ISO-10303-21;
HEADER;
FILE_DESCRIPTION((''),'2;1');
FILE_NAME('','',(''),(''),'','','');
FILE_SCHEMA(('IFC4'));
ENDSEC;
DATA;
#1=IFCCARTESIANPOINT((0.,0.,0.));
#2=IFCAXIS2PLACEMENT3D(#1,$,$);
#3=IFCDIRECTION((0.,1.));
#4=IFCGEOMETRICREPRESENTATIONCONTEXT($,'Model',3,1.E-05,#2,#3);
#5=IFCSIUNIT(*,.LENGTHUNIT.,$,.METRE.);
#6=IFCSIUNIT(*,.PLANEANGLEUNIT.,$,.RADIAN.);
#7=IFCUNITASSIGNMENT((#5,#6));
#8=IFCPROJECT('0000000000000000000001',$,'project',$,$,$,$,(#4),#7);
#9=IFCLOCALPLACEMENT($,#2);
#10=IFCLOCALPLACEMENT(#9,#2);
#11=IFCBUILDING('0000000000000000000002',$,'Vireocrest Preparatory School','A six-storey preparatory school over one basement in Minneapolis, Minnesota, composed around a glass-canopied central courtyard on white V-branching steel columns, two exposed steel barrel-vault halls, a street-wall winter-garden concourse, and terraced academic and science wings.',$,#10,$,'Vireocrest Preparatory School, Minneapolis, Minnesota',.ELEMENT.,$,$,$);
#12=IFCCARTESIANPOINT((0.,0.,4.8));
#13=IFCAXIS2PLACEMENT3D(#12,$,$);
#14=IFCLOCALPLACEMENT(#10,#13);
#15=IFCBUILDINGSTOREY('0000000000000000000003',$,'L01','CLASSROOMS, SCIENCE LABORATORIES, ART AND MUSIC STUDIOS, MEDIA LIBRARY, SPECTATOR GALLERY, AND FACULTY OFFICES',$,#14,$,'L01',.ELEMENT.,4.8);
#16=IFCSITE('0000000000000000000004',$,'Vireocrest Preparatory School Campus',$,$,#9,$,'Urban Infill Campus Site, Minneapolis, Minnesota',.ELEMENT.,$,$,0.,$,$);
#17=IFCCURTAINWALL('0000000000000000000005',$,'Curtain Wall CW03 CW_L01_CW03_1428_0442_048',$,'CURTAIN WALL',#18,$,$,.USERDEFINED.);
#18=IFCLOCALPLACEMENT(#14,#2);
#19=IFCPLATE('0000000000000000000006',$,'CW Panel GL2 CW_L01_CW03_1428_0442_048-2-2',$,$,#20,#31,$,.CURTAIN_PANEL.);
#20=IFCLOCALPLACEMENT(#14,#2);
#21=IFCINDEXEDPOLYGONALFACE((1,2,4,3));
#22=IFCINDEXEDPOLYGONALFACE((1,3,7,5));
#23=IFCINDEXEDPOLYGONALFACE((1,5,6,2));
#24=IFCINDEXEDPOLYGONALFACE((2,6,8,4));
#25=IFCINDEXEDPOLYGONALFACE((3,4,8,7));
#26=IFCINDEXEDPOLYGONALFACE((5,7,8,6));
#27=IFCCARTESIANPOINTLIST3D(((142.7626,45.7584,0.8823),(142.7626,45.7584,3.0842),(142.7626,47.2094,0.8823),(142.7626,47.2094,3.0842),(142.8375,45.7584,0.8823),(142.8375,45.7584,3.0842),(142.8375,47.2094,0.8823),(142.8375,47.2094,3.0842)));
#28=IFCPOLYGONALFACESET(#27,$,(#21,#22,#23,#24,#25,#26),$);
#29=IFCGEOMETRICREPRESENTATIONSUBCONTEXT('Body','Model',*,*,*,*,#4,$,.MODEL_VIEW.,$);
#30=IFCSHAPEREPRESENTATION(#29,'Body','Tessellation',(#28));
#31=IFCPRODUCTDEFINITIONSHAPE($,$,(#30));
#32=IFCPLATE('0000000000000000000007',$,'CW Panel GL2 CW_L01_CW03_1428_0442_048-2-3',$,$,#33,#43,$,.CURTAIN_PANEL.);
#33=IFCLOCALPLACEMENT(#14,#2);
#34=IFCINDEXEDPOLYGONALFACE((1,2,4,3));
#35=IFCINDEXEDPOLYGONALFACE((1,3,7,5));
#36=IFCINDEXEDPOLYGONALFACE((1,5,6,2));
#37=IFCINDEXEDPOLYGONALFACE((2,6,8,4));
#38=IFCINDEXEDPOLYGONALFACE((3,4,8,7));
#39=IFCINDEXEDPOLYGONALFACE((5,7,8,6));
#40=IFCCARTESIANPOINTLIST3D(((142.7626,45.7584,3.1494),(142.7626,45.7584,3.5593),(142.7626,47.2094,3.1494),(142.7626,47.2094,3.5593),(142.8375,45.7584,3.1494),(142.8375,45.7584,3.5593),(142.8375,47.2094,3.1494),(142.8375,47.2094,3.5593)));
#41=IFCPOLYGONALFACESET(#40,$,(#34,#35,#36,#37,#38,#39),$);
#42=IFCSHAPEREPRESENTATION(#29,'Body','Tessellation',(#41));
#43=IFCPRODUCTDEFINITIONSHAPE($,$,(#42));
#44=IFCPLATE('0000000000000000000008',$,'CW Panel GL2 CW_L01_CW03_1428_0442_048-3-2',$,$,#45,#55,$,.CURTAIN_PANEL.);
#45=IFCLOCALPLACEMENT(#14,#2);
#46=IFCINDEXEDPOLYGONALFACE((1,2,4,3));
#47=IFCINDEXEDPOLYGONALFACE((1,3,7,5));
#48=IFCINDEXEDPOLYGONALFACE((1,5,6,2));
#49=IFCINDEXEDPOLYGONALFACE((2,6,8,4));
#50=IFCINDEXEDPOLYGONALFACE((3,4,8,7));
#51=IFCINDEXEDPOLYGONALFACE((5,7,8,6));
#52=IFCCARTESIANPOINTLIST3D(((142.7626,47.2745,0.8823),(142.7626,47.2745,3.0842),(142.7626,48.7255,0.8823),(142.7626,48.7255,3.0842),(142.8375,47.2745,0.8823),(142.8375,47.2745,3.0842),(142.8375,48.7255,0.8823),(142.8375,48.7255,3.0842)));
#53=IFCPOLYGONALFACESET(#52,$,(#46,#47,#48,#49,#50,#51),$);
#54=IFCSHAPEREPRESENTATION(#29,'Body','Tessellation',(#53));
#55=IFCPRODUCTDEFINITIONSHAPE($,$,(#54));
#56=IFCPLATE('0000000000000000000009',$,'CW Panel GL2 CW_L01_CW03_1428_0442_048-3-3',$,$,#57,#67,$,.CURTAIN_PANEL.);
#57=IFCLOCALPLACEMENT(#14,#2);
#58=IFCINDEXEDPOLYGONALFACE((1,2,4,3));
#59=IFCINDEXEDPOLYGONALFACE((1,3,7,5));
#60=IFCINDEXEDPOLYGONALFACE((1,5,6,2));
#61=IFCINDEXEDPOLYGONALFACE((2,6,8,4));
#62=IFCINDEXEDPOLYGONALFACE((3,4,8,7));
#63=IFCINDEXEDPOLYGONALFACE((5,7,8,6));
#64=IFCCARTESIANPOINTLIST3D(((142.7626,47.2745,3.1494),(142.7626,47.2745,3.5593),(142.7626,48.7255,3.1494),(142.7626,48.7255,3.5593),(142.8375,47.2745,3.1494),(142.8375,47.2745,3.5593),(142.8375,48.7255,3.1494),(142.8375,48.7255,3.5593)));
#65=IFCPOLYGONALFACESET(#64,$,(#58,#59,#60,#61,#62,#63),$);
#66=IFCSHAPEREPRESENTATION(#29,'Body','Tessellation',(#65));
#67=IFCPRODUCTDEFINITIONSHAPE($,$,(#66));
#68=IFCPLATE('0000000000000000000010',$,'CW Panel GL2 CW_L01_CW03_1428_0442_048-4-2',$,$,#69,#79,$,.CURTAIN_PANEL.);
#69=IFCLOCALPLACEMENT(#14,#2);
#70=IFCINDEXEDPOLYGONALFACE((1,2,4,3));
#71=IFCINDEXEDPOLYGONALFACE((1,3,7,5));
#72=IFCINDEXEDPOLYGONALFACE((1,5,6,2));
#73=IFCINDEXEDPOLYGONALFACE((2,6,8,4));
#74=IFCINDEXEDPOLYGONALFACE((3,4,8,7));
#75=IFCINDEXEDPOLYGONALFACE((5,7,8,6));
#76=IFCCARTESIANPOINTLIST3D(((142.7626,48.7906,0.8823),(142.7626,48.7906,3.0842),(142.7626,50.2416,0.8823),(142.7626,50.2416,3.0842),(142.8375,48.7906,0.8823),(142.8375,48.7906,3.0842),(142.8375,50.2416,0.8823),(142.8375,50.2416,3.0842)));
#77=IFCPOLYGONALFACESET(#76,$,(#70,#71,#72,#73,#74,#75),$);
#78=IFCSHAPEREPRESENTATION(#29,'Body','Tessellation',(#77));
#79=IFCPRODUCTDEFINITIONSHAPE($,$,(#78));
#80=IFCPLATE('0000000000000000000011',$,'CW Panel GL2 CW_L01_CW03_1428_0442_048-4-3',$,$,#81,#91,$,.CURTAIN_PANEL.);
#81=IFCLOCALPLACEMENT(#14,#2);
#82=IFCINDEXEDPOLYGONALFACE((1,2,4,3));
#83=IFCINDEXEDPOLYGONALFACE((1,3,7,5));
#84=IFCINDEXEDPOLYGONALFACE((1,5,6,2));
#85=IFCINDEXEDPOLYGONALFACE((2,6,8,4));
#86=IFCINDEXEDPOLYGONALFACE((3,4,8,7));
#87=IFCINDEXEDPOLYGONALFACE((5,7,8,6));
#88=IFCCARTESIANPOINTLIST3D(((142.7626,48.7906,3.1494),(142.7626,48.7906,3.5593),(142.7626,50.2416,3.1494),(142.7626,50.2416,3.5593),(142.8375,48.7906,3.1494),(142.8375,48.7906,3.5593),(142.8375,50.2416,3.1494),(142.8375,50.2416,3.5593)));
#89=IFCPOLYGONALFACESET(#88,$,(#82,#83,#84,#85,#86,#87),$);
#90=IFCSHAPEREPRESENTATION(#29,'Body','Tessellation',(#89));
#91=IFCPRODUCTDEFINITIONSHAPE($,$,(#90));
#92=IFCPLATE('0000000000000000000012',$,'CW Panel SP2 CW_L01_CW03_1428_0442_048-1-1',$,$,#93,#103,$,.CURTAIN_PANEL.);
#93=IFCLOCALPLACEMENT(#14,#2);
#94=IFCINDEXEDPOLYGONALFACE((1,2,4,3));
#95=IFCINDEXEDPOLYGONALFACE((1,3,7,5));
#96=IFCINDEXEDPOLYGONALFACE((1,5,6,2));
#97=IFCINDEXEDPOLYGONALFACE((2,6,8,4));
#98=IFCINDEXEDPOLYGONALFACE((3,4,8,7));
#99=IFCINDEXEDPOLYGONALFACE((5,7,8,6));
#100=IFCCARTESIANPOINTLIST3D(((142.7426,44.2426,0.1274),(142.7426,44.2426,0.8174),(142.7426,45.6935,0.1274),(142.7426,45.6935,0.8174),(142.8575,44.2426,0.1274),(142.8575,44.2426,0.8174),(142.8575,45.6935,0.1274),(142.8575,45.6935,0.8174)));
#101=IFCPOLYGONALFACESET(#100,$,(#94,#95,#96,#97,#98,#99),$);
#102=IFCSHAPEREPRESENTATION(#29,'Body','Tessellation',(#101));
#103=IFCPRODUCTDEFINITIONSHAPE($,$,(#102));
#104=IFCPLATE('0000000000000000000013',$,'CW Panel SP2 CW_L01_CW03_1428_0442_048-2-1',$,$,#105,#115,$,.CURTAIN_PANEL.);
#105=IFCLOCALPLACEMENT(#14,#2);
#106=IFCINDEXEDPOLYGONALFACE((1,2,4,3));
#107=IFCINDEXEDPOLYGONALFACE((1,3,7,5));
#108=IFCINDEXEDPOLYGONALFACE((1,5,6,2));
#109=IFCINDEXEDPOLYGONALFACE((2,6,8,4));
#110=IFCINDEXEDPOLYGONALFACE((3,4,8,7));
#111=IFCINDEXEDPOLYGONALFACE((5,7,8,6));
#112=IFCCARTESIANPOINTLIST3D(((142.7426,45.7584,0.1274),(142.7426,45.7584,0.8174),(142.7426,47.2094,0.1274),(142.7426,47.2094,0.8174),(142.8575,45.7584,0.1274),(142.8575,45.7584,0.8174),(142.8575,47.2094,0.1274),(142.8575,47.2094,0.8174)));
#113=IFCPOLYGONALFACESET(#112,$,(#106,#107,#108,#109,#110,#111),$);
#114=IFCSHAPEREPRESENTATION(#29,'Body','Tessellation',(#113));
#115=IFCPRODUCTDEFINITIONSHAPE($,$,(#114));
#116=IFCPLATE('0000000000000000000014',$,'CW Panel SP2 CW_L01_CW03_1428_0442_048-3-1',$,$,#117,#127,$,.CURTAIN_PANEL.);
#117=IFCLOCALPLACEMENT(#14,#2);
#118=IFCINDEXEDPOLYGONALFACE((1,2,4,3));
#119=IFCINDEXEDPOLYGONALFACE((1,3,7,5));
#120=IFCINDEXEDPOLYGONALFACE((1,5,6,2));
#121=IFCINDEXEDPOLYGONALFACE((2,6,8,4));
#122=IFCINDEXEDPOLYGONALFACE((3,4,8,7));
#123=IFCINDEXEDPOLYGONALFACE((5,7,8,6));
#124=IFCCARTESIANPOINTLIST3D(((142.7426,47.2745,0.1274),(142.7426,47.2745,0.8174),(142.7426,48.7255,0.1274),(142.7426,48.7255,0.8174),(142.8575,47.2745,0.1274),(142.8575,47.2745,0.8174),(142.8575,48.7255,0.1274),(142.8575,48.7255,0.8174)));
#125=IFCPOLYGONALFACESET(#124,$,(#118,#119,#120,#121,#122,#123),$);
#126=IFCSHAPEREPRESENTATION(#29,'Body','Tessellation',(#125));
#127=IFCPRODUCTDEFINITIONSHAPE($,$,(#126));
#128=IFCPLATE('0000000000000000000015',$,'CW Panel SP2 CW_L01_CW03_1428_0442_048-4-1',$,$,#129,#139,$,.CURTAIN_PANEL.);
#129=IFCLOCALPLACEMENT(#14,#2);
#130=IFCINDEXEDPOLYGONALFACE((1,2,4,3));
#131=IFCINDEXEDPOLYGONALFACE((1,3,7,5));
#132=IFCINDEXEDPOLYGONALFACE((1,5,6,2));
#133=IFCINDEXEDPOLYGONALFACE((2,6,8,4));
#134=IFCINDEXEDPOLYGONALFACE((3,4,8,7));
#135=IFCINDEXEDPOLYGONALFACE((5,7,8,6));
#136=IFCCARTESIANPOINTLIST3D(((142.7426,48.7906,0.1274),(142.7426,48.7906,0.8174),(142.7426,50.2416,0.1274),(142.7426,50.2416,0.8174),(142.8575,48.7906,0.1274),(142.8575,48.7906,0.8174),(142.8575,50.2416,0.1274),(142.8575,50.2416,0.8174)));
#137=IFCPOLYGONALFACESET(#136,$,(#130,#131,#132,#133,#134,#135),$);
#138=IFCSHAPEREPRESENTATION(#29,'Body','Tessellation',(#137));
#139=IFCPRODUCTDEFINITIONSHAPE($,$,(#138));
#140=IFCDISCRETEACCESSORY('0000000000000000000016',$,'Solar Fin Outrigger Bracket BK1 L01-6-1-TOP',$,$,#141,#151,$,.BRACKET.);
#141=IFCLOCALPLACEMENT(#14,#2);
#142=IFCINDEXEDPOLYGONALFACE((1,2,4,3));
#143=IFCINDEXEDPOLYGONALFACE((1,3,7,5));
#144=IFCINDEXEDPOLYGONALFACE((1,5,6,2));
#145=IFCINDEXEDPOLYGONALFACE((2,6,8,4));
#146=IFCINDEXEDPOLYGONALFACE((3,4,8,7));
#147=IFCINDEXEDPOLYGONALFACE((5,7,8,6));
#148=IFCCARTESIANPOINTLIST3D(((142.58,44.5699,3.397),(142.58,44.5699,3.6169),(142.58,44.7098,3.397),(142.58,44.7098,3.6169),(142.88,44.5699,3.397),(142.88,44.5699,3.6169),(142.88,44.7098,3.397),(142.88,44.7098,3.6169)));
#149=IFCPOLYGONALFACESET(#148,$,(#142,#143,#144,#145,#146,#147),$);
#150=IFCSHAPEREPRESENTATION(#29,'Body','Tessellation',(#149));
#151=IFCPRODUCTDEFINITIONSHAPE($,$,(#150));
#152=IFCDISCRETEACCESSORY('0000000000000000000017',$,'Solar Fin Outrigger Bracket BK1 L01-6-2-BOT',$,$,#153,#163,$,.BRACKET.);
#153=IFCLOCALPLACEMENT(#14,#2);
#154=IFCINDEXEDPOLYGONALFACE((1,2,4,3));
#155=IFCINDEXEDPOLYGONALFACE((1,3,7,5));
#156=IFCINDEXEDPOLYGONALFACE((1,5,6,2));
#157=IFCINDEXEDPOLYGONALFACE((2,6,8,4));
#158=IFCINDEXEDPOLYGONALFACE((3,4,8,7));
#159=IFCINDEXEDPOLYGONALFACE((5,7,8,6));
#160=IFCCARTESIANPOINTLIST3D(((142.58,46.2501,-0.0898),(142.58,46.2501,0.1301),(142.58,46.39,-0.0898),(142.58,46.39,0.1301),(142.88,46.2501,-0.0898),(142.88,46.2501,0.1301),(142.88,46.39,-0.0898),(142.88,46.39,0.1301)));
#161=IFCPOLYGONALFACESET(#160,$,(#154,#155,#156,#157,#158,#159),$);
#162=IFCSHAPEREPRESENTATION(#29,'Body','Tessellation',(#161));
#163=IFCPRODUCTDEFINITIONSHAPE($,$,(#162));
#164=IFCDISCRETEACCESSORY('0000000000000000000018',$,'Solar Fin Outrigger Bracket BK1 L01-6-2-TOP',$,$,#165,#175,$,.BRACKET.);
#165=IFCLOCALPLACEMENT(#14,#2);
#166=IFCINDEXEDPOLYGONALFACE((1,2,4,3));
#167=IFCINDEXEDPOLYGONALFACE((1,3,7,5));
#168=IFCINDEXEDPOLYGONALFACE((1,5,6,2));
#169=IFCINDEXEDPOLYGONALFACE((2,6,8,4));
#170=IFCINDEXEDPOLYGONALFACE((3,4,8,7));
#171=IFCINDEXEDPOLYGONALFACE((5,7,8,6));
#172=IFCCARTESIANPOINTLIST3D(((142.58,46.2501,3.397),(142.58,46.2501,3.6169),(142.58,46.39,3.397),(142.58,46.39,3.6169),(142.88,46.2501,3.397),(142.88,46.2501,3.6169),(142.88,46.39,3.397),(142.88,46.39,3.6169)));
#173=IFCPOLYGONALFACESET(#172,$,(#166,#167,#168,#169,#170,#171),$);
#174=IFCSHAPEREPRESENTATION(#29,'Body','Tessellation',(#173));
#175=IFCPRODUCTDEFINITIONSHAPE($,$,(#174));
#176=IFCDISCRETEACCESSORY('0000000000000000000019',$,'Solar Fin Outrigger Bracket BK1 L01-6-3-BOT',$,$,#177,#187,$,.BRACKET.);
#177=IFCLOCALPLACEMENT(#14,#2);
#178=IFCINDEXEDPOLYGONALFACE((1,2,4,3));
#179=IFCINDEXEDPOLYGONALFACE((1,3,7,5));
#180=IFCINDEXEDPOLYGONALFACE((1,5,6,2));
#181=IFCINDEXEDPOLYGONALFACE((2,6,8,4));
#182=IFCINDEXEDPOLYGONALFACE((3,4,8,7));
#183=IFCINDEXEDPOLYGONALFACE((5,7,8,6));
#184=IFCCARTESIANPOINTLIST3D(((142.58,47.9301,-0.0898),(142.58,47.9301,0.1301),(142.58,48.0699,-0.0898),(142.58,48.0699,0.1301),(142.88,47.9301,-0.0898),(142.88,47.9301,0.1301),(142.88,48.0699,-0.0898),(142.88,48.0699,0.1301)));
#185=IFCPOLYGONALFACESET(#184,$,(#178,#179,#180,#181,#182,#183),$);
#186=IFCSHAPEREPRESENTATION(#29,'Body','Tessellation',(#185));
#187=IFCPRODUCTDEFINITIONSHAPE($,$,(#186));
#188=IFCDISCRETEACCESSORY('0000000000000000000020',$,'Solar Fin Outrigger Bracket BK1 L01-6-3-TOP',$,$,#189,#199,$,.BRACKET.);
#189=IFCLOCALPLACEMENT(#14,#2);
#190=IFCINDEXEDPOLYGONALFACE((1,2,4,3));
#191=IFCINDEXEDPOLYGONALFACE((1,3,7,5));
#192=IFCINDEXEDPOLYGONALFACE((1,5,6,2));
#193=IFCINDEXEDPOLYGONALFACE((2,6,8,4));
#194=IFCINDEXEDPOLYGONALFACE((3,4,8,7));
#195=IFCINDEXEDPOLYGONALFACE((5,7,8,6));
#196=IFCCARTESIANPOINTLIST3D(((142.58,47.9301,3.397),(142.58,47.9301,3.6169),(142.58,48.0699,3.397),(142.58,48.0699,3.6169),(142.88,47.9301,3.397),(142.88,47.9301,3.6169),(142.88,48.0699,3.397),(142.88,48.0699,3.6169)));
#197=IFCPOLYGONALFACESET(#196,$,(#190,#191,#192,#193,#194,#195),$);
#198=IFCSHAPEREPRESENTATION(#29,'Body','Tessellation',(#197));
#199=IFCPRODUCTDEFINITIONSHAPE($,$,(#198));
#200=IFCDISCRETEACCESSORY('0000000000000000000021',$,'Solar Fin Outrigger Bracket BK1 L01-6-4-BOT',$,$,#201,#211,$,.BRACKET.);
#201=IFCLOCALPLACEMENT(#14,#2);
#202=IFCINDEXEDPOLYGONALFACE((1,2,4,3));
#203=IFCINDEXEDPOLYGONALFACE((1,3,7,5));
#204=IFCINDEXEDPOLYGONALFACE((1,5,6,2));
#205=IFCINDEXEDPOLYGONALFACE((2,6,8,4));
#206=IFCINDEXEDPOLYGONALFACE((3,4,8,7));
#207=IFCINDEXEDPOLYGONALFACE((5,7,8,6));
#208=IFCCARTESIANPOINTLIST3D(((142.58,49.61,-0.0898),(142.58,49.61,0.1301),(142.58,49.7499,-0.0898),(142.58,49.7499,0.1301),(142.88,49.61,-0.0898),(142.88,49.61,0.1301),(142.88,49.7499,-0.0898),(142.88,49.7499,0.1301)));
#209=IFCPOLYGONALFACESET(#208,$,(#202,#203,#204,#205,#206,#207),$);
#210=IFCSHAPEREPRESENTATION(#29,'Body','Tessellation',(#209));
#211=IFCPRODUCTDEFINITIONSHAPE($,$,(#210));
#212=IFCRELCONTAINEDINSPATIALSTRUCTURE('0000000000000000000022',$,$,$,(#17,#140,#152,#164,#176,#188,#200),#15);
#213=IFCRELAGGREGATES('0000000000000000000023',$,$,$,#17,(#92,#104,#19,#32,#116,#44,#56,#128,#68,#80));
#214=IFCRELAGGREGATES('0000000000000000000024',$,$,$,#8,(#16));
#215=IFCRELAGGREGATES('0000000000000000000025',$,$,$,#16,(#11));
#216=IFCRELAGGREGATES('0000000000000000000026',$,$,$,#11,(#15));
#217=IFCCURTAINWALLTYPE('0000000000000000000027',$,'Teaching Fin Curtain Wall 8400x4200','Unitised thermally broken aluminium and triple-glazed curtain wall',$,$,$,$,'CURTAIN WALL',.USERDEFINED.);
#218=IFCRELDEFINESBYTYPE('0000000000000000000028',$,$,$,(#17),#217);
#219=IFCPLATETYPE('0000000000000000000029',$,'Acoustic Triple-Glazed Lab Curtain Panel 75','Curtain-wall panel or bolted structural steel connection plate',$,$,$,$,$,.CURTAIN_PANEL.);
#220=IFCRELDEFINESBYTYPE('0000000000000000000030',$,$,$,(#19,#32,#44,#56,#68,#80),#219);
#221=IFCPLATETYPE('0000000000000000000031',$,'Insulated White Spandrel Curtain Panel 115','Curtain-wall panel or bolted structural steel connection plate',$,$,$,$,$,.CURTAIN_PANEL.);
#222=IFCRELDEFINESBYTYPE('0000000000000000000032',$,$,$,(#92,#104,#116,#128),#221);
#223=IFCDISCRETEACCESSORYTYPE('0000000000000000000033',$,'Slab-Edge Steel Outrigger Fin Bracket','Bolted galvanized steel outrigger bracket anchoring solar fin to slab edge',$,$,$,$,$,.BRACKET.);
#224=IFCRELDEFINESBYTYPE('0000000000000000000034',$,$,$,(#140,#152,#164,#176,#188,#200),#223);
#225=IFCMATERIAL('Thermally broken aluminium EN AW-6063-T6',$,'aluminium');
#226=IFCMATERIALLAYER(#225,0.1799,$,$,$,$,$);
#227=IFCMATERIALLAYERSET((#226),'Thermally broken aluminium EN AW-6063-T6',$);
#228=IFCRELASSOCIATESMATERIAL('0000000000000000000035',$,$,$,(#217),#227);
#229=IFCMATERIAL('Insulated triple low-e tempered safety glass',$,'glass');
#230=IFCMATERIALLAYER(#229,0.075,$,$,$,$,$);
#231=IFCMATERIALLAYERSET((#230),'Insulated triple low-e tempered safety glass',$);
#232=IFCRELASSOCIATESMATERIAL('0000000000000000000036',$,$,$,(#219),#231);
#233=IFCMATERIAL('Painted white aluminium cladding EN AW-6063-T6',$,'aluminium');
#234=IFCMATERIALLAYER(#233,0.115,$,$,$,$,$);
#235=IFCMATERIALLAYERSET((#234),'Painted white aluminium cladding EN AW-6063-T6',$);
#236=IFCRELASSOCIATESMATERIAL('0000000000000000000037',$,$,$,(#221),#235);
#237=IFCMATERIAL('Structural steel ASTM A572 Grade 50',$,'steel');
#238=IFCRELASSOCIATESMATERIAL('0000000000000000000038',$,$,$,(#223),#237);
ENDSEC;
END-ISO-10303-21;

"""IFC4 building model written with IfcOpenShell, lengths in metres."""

from ifc_helpers import new_model, si_unit, direction, frame, origin, origin_2d, place, context, subcontext, project, spatial, rectangle, extrude, material, layer, layer_set, type_object, element, aggregate, save


model = new_model("IFC4")

# Units and contexts
model_context = context("Model", 3, precision=1e-05, world=origin(), true_north=direction((0.0, 1.0)))
body_context = subcontext(model_context, "Body", "Model", "MODEL_VIEW")
ifc_project = project(units=[si_unit("LENGTHUNIT", "METRE"), si_unit("PLANEANGLEUNIT", "RADIAN")], contexts=[model_context])

# Site, building, storey
site_placement = place(None, origin())
site = spatial("IfcSite", under=ifc_project, at=site_placement, Name="Vireocrest Preparatory School Campus", LongName="Urban Infill Campus Site, Minneapolis, Minnesota", CompositionType="ELEMENT", RefElevation=0.0)
building_placement = place(site_placement, origin())
building = spatial("IfcBuilding", under=site, at=building_placement, Name="Vireocrest Preparatory School", Description="A six-storey preparatory school over one basement in Minneapolis, Minnesota, composed around a glass-canopied central courtyard on white V-branching steel columns, two exposed steel barrel-vault halls, a street-wall winter-garden concourse, and terraced academic and science wings.", LongName="Vireocrest Preparatory School, Minneapolis, Minnesota", CompositionType="ELEMENT")
storey_placement = place(building_placement, frame((0.0, 0.0, 4.8)))
storey = spatial("IfcBuildingStorey", under=building, at=storey_placement, Name="L01", Description="CLASSROOMS, SCIENCE LABORATORIES, ART AND MUSIC STUDIOS, MEDIA LIBRARY, SPECTATOR GALLERY, AND FACULTY OFFICES", LongName="L01", CompositionType="ELEMENT", Elevation=4.8)

# Curtain wall, plates
ifc_material_1 = material(Name="Thermally broken aluminium EN AW-6063-T6", Category="aluminium")
ifc_layer_1 = layer(ifc_material_1, 0.1799)
ifc_layer_set_1 = layer_set([ifc_layer_1], Name="Thermally broken aluminium EN AW-6063-T6")
curtain_wall_type = type_object("IfcCurtainWallType", Name="Teaching Fin Curtain Wall 8400x4200", Description="Unitised thermally broken aluminium and triple-glazed curtain wall", ElementType="CURTAIN WALL", PredefinedType="USERDEFINED", material=ifc_layer_set_1)
curtain_wall_placement = place(storey_placement, origin())
curtain_wall = element("IfcCurtainWall", 1, at=curtain_wall_placement, inside=storey, type_object=curtain_wall_type, Name="Curtain Wall CW03 CW_L01_CW03_1428_0442_048", ObjectType="CURTAIN WALL", PredefinedType="USERDEFINED")
ifc_material_2 = material(Name="Insulated triple low-e tempered safety glass", Category="glass")
ifc_layer_2 = layer(ifc_material_2, 0.075)
ifc_layer_set_2 = layer_set([ifc_layer_2], Name="Insulated triple low-e tempered safety glass")
plate_type_1 = type_object("IfcPlateType", Name="Acoustic Triple-Glazed Lab Curtain Panel 75", Description="Curtain-wall panel or bolted structural steel connection plate", PredefinedType="CURTAIN_PANEL", material=ifc_layer_set_2)
plate_1_placement = place(storey_placement, frame((142.8, 46.4839, 0.8823), z_axis=(0.0, 0.0, 1.0), x_axis=(0.0, 1.0, 0.0)))
plate_1 = element("IfcPlate", 2, at=plate_1_placement, type_object=plate_type_1, Name="CW Panel GL2 CW_L01_CW03_1428_0442_048-2-2", PredefinedType="CURTAIN_PANEL", context=body_context, shape_type="SweptSolid", body=[
    extrude(rectangle(XDim=1.4509, YDim=0.075, at=origin_2d()), origin(), (0.0, 0.0, 1.0), 2.2019),
])
plate_2_placement = place(storey_placement, frame((142.8, 46.4839, 3.1494), z_axis=(0.0, 0.0, 1.0), x_axis=(0.0, 1.0, 0.0)))
plate_2 = element("IfcPlate", 3, at=plate_2_placement, type_object=plate_type_1, Name="CW Panel GL2 CW_L01_CW03_1428_0442_048-2-3", PredefinedType="CURTAIN_PANEL", context=body_context, shape_type="SweptSolid", body=[
    extrude(rectangle(XDim=1.4509, YDim=0.075, at=origin_2d()), origin(), (0.0, 0.0, 1.0), 0.4099),
])
plate_3_placement = place(storey_placement, frame((142.8, 48.0, 0.8823), z_axis=(0.0, 0.0, 1.0), x_axis=(0.0, 1.0, 0.0)))
plate_3 = element("IfcPlate", 4, at=plate_3_placement, type_object=plate_type_1, Name="CW Panel GL2 CW_L01_CW03_1428_0442_048-3-2", PredefinedType="CURTAIN_PANEL", context=body_context, shape_type="SweptSolid", body=[
    extrude(rectangle(XDim=1.4509, YDim=0.075, at=origin_2d()), origin(), (0.0, 0.0, 1.0), 2.2019),
])
plate_4_placement = place(storey_placement, frame((142.8, 48.0, 3.1494), z_axis=(0.0, 0.0, 1.0), x_axis=(0.0, 1.0, 0.0)))
plate_4 = element("IfcPlate", 5, at=plate_4_placement, type_object=plate_type_1, Name="CW Panel GL2 CW_L01_CW03_1428_0442_048-3-3", PredefinedType="CURTAIN_PANEL", context=body_context, shape_type="SweptSolid", body=[
    extrude(rectangle(XDim=1.4509, YDim=0.075, at=origin_2d()), origin(), (0.0, 0.0, 1.0), 0.4099),
])
plate_5_placement = place(storey_placement, frame((142.8, 49.5161, 0.8823), z_axis=(0.0, 0.0, 1.0), x_axis=(0.0, 1.0, 0.0)))
plate_5 = element("IfcPlate", 6, at=plate_5_placement, type_object=plate_type_1, Name="CW Panel GL2 CW_L01_CW03_1428_0442_048-4-2", PredefinedType="CURTAIN_PANEL", context=body_context, shape_type="SweptSolid", body=[
    extrude(rectangle(XDim=1.4509, YDim=0.075, at=origin_2d()), origin(), (0.0, 0.0, 1.0), 2.2019),
])
plate_6_placement = place(storey_placement, frame((142.8, 49.5161, 3.1494), z_axis=(0.0, 0.0, 1.0), x_axis=(0.0, 1.0, 0.0)))
plate_6 = element("IfcPlate", 7, at=plate_6_placement, type_object=plate_type_1, Name="CW Panel GL2 CW_L01_CW03_1428_0442_048-4-3", PredefinedType="CURTAIN_PANEL", context=body_context, shape_type="SweptSolid", body=[
    extrude(rectangle(XDim=1.4509, YDim=0.075, at=origin_2d()), origin(), (0.0, 0.0, 1.0), 0.4099),
])
ifc_material_3 = material(Name="Painted white aluminium cladding EN AW-6063-T6", Category="aluminium")
ifc_layer_3 = layer(ifc_material_3, 0.115)
ifc_layer_set_3 = layer_set([ifc_layer_3], Name="Painted white aluminium cladding EN AW-6063-T6")
plate_type_2 = type_object("IfcPlateType", Name="Insulated White Spandrel Curtain Panel 115", Description="Curtain-wall panel or bolted structural steel connection plate", PredefinedType="CURTAIN_PANEL", material=ifc_layer_set_3)
plate_7_placement = place(storey_placement, frame((142.8, 44.968, 0.1274), z_axis=(0.0, 0.0, 1.0), x_axis=(0.0, 1.0, 0.0)))
plate_7 = element("IfcPlate", 8, at=plate_7_placement, type_object=plate_type_2, Name="CW Panel SP2 CW_L01_CW03_1428_0442_048-1-1", PredefinedType="CURTAIN_PANEL", context=body_context, shape_type="SweptSolid", body=[
    extrude(rectangle(XDim=1.4509, YDim=0.115, at=origin_2d()), origin(), (0.0, 0.0, 1.0), 0.6899),
])
plate_8_placement = place(storey_placement, frame((142.8, 46.4839, 0.1274), z_axis=(0.0, 0.0, 1.0), x_axis=(0.0, 1.0, 0.0)))
plate_8 = element("IfcPlate", 9, at=plate_8_placement, type_object=plate_type_2, Name="CW Panel SP2 CW_L01_CW03_1428_0442_048-2-1", PredefinedType="CURTAIN_PANEL", context=body_context, shape_type="SweptSolid", body=[
    extrude(rectangle(XDim=1.4509, YDim=0.115, at=origin_2d()), origin(), (0.0, 0.0, 1.0), 0.6899),
])
plate_9_placement = place(storey_placement, frame((142.8, 48.0, 0.1274), z_axis=(0.0, 0.0, 1.0), x_axis=(0.0, 1.0, 0.0)))
plate_9 = element("IfcPlate", 10, at=plate_9_placement, type_object=plate_type_2, Name="CW Panel SP2 CW_L01_CW03_1428_0442_048-3-1", PredefinedType="CURTAIN_PANEL", context=body_context, shape_type="SweptSolid", body=[
    extrude(rectangle(XDim=1.4509, YDim=0.115, at=origin_2d()), origin(), (0.0, 0.0, 1.0), 0.6899),
])
plate_10_placement = place(storey_placement, frame((142.8, 49.5161, 0.1274), z_axis=(0.0, 0.0, 1.0), x_axis=(0.0, 1.0, 0.0)))
plate_10 = element("IfcPlate", 11, at=plate_10_placement, type_object=plate_type_2, Name="CW Panel SP2 CW_L01_CW03_1428_0442_048-4-1", PredefinedType="CURTAIN_PANEL", context=body_context, shape_type="SweptSolid", body=[
    extrude(rectangle(XDim=1.4509, YDim=0.115, at=origin_2d()), origin(), (0.0, 0.0, 1.0), 0.6899),
])
aggregate(curtain_wall, [plate_7, plate_8, plate_1, plate_2, plate_9, plate_3, plate_4, plate_10, plate_5, plate_6])

# Discrete accessories
ifc_material_4 = material(Name="Structural steel ASTM A572 Grade 50", Category="steel")
discrete_accessory_type = type_object("IfcDiscreteAccessoryType", Name="Slab-Edge Steel Outrigger Fin Bracket", Description="Bolted galvanized steel outrigger bracket anchoring solar fin to slab edge", PredefinedType="BRACKET", material=ifc_material_4)
for number, where, z_axis, x_axis, name in (
    (12, (142.73, 44.6399, 3.397), (0.0, 0.0, 1.0), (0.0, 1.0, 0.0), "Solar Fin Outrigger Bracket BK1 L01-6-1-TOP"),
    (13, (142.73, 46.3201, -0.0898), (0.0, 0.0, 1.0), (0.0, 1.0, 0.0), "Solar Fin Outrigger Bracket BK1 L01-6-2-BOT"),
    (14, (142.73, 46.3201, 3.397), (0.0, 0.0, 1.0), (0.0, 1.0, 0.0), "Solar Fin Outrigger Bracket BK1 L01-6-2-TOP"),
    (15, (142.73, 48.0, -0.0898), (0.0, 0.0, 1.0), (0.0, 1.0, 0.0), "Solar Fin Outrigger Bracket BK1 L01-6-3-BOT"),
    (16, (142.73, 48.0, 3.397), (0.0, 0.0, 1.0), (0.0, 1.0, 0.0), "Solar Fin Outrigger Bracket BK1 L01-6-3-TOP"),
    (17, (142.73, 49.6799, -0.0898), (0.0, 0.0, 1.0), (0.0, 1.0, 0.0), "Solar Fin Outrigger Bracket BK1 L01-6-4-BOT"),
):
    element("IfcDiscreteAccessory", number, at=place(storey_placement, frame(where, z_axis=z_axis, x_axis=x_axis)), inside=storey, type_object=discrete_accessory_type, Name=name, PredefinedType="BRACKET", context=body_context, shape_type="SweptSolid", body=[
        extrude(rectangle(XDim=0.1399, YDim=0.3, at=origin_2d()), origin(), (0.0, 0.0, 1.0), 0.22),
    ])

save(model, "model.ifc")
